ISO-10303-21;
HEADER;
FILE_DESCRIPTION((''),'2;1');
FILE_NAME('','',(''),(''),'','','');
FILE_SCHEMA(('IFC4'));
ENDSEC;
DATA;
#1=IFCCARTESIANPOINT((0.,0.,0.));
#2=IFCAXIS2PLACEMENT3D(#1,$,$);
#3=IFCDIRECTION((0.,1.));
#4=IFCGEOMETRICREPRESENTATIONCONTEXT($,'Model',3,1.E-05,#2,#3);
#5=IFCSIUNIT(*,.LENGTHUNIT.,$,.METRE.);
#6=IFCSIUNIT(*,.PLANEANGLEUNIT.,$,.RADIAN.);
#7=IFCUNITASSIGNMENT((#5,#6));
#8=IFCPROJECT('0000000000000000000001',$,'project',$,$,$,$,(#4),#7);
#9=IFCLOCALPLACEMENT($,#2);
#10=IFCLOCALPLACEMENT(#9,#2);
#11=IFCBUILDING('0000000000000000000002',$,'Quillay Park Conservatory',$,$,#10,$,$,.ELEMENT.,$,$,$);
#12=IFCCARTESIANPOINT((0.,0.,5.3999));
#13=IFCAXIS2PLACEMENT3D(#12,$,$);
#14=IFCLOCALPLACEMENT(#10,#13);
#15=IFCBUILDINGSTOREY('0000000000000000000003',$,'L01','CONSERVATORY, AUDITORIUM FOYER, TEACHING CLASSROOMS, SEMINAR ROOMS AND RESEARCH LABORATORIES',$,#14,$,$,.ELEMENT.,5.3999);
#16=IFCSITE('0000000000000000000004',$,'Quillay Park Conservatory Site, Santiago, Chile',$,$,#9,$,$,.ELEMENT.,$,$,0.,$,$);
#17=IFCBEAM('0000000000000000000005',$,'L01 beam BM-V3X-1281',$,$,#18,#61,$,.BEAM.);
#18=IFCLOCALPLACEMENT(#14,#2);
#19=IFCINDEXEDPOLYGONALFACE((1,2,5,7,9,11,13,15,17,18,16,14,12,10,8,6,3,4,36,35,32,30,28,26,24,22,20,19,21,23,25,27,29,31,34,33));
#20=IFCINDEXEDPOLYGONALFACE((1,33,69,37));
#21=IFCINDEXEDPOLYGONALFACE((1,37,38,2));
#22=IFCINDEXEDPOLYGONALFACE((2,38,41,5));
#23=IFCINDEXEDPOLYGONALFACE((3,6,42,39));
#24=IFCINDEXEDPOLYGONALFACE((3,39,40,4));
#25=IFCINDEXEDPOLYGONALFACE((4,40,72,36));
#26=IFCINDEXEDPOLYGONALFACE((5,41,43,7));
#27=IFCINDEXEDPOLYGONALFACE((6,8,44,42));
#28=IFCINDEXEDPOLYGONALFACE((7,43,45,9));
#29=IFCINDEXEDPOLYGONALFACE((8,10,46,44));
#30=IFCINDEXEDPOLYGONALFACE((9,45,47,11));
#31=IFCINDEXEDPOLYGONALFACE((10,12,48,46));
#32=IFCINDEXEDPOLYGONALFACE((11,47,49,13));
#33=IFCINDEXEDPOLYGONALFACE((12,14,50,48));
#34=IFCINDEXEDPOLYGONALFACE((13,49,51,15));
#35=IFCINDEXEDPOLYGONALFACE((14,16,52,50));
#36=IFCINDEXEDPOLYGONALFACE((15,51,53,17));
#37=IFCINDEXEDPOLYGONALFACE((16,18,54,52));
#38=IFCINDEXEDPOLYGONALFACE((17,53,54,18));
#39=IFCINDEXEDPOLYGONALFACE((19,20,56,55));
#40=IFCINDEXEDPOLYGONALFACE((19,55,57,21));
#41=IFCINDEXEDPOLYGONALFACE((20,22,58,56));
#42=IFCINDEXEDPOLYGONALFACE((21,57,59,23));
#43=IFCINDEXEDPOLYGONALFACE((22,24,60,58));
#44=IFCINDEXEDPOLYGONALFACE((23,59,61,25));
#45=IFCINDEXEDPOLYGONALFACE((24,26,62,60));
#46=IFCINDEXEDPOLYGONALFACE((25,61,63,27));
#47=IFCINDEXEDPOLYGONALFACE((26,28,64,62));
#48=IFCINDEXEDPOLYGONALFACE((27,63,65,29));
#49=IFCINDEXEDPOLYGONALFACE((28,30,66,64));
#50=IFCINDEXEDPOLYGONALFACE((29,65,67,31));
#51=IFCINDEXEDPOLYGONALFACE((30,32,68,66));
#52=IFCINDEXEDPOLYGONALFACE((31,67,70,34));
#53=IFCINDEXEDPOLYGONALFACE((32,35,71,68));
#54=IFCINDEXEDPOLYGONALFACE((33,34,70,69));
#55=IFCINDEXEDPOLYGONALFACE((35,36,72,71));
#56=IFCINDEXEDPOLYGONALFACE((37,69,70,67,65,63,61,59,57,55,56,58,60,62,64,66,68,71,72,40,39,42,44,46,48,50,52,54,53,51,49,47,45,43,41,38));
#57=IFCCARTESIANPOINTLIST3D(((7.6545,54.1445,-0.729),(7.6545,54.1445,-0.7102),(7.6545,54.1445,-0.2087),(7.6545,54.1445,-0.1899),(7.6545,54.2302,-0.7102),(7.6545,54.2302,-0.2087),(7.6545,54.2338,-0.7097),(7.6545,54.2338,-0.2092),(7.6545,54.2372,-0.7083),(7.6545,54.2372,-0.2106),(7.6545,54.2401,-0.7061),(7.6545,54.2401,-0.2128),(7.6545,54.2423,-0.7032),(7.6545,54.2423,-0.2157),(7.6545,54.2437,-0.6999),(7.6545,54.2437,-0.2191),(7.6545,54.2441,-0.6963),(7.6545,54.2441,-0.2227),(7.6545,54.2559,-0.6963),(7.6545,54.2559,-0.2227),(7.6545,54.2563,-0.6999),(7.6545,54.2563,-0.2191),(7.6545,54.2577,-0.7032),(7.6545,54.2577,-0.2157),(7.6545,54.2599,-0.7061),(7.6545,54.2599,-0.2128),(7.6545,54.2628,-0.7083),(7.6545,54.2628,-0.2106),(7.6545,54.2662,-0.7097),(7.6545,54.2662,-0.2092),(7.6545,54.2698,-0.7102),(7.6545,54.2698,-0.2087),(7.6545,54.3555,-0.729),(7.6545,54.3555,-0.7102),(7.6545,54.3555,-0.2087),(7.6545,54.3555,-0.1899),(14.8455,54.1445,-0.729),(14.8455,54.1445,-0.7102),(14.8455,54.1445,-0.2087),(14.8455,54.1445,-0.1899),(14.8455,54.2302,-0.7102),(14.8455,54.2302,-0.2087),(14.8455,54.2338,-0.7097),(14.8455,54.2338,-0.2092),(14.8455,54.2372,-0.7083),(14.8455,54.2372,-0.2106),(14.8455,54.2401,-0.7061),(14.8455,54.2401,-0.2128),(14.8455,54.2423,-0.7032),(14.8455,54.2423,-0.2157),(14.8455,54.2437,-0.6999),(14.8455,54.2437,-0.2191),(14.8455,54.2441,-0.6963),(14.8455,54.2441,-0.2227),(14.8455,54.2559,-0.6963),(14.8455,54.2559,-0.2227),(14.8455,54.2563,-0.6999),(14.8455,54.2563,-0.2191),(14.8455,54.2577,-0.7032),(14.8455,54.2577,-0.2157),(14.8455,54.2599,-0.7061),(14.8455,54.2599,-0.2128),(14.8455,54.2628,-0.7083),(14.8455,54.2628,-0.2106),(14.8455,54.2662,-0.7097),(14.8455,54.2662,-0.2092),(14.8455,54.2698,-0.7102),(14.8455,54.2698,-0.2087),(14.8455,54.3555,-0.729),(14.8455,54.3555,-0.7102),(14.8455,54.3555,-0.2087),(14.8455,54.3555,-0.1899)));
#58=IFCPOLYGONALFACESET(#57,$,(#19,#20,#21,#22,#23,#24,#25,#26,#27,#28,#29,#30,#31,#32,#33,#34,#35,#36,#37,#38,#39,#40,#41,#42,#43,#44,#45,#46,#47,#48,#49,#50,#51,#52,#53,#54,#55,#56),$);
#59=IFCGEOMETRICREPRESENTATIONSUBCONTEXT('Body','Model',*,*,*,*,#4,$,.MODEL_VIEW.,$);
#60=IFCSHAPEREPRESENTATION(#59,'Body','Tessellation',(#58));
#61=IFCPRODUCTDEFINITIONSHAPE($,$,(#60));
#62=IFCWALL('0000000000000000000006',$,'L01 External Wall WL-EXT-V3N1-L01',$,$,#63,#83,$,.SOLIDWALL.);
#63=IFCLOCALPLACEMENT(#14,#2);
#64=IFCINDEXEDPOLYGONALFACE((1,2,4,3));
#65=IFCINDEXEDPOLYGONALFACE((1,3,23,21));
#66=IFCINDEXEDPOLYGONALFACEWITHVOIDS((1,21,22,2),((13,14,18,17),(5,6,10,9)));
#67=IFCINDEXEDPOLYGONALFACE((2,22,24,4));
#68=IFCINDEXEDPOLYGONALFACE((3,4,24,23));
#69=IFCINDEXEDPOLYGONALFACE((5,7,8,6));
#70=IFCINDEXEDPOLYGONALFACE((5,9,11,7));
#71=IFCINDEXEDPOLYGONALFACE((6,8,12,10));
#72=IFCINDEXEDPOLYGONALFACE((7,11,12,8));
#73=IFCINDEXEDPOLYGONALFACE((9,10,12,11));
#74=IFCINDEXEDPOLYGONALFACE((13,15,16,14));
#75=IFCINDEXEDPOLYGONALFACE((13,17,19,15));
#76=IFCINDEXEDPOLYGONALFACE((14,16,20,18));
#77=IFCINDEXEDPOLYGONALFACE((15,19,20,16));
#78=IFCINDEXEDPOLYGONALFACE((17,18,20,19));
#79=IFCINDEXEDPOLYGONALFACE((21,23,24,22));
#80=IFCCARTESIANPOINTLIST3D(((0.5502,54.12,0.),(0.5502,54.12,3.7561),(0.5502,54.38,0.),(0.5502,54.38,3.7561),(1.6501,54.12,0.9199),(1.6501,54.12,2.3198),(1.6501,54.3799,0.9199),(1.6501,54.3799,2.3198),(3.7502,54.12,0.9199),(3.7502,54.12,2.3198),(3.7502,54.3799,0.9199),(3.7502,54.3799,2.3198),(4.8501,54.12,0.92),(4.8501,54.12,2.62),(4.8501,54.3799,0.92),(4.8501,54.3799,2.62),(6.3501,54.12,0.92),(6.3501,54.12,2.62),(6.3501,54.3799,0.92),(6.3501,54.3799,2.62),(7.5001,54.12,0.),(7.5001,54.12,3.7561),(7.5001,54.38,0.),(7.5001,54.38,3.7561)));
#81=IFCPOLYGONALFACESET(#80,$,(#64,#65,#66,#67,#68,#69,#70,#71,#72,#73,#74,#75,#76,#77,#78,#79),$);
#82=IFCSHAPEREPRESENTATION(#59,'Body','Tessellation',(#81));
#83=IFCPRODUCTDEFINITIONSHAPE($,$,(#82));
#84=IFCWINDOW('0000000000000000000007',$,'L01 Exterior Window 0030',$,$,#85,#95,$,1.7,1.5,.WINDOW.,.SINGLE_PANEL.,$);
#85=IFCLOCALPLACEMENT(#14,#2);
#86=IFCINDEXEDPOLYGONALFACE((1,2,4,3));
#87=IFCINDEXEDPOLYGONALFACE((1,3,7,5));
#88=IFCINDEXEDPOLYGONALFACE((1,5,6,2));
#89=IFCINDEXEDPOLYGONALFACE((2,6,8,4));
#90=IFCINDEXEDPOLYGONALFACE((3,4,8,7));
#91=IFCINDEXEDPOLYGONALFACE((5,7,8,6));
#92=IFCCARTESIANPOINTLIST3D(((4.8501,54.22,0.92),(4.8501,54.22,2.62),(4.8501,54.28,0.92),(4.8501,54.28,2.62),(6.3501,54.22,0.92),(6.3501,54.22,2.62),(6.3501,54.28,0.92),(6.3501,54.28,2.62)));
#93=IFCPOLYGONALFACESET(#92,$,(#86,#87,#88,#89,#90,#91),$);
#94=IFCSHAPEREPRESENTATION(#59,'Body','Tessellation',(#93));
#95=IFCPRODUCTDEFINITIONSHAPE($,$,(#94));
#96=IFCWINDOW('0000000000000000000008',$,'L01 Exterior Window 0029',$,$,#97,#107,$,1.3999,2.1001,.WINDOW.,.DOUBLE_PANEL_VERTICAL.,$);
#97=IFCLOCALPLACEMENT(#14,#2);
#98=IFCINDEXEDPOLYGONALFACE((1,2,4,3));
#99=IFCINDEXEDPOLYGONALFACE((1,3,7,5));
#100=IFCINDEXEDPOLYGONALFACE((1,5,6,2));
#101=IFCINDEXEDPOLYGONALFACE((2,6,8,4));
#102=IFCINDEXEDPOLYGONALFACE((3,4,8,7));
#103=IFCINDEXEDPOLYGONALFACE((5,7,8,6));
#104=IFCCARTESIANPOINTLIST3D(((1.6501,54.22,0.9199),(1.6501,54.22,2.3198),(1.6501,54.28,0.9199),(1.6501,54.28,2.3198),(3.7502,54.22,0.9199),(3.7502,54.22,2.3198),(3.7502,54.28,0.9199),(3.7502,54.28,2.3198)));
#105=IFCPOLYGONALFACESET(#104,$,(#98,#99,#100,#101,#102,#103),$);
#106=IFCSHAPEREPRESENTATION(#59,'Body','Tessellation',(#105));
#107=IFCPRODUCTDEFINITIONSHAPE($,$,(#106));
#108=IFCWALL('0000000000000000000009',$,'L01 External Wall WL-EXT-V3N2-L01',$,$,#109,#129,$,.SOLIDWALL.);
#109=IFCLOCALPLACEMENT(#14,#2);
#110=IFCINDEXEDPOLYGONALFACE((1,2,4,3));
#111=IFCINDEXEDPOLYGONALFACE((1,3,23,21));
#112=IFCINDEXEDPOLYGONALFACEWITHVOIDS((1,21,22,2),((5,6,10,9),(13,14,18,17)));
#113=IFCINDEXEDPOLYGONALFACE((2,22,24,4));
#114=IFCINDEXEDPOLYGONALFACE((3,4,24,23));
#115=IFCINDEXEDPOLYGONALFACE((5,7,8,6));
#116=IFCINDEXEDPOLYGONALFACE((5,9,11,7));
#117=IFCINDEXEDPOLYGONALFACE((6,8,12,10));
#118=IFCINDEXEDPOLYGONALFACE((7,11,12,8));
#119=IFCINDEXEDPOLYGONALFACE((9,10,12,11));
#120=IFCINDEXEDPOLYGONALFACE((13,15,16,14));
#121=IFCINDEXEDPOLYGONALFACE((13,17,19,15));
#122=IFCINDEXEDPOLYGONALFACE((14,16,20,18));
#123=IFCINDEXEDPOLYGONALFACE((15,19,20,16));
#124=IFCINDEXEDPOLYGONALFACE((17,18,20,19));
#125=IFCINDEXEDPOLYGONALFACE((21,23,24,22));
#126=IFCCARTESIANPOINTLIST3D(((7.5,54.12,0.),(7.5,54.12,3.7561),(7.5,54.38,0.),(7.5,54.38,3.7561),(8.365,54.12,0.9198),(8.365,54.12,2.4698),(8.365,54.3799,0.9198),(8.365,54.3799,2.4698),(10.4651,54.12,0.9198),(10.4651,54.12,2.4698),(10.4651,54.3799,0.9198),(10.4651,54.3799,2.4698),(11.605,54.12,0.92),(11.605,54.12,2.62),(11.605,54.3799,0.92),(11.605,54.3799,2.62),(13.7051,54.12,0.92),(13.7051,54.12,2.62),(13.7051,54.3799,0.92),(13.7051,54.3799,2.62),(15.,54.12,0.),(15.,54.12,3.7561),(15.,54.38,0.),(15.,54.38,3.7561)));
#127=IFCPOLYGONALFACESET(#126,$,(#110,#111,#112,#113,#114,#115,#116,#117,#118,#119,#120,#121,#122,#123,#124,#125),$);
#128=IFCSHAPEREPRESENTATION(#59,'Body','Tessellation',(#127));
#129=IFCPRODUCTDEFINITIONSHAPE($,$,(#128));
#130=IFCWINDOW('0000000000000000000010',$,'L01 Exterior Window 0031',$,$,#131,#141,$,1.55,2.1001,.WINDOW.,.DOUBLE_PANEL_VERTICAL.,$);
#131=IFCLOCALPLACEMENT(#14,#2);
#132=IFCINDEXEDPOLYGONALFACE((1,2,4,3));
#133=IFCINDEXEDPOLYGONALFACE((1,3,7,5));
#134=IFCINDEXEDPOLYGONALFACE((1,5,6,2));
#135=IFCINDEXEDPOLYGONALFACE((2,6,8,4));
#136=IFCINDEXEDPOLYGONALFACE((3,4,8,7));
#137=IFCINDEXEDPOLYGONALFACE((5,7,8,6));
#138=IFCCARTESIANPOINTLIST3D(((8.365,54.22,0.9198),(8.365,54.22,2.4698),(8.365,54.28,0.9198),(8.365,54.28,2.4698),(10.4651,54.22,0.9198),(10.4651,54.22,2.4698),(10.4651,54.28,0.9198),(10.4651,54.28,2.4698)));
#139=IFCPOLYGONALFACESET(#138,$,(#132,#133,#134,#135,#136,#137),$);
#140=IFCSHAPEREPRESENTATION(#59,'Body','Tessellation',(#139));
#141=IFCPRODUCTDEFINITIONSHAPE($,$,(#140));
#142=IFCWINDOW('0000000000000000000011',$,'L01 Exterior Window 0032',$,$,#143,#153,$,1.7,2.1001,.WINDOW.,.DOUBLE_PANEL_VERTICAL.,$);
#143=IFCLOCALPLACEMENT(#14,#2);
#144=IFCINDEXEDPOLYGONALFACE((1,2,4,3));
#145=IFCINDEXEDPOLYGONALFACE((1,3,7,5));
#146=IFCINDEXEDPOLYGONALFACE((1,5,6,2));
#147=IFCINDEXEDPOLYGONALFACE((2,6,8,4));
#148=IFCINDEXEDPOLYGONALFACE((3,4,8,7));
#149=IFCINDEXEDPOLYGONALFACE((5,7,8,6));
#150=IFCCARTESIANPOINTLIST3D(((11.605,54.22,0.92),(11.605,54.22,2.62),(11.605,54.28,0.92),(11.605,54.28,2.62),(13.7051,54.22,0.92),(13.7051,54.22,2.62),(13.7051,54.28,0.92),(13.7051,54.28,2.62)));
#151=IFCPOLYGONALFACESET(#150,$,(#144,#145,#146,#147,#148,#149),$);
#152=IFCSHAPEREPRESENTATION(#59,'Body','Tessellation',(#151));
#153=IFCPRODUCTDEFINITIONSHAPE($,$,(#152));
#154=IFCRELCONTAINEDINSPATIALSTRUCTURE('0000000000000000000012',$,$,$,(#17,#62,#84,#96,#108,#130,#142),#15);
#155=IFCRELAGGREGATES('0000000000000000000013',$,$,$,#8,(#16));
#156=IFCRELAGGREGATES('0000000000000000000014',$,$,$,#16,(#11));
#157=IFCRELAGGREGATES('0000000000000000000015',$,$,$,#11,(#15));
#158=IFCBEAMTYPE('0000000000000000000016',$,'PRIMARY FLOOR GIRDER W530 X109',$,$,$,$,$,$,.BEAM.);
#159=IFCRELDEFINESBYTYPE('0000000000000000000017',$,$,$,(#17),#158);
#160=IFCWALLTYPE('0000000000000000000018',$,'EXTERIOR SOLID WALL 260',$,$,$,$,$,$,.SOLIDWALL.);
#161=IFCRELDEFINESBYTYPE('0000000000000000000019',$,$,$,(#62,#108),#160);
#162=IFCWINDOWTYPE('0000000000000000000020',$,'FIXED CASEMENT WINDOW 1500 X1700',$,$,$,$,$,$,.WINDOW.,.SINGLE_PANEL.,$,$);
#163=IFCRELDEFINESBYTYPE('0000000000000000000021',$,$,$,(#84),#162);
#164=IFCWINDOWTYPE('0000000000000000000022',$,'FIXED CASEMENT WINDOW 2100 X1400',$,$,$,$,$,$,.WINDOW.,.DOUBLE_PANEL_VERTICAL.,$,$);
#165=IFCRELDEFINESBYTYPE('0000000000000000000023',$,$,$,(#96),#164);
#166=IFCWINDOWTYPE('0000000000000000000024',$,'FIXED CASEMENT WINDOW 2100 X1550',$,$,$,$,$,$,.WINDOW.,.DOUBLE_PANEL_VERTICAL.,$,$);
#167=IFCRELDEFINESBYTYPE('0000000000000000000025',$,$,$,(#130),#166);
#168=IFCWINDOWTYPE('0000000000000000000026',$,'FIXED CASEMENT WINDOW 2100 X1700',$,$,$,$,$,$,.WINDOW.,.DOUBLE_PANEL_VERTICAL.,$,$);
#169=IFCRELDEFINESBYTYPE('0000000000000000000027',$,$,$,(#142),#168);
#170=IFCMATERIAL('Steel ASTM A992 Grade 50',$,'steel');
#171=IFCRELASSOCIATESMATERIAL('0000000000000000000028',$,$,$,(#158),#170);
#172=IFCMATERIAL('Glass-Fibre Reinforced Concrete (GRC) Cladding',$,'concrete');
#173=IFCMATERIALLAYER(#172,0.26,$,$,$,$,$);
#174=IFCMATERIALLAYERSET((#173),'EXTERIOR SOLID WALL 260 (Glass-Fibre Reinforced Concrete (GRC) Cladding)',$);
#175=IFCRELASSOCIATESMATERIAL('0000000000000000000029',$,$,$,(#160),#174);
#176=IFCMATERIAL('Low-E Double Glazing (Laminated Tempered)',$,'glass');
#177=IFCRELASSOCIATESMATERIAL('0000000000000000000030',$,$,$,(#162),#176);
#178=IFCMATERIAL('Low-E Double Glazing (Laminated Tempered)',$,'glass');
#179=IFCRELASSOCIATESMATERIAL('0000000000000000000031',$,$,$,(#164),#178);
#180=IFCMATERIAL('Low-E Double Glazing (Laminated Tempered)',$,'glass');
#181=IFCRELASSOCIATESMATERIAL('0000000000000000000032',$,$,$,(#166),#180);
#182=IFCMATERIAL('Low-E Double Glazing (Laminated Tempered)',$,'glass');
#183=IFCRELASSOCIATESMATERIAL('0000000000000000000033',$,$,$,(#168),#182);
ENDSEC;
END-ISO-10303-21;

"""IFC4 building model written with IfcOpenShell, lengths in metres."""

from ifc_helpers import new_model, si_unit, direction, frame, frame_2d, origin, origin_2d, place, context, subcontext, project, spatial, rectangle, i_section, extrude, material, layer, layer_set, material_profile, profile_set, type_object, element, fill, save


model = new_model("IFC4")

# Units and contexts
model_context = context("Model", 3, precision=1e-05, world=origin(), true_north=direction((0.0, 1.0)))
body_context = subcontext(model_context, "Body", "Model", "MODEL_VIEW")
ifc_project = project(units=[si_unit("LENGTHUNIT", "METRE"), si_unit("PLANEANGLEUNIT", "RADIAN")], contexts=[model_context])

# Site, building, storey
site_placement = place(None, origin())
site = spatial("IfcSite", under=ifc_project, at=site_placement, Name="Quillay Park Conservatory Site, Santiago, Chile", CompositionType="ELEMENT", RefElevation=0.0)
building_placement = place(site_placement, origin())
building = spatial("IfcBuilding", under=site, at=building_placement, Name="Quillay Park Conservatory", CompositionType="ELEMENT")
storey_placement = place(building_placement, frame((0.0, 0.0, 5.3999)))
storey = spatial("IfcBuildingStorey", under=building, at=storey_placement, Name="L01", Description="CONSERVATORY, AUDITORIUM FOYER, TEACHING CLASSROOMS, SEMINAR ROOMS AND RESEARCH LABORATORIES", CompositionType="ELEMENT", Elevation=5.3999)

# Beam
ifc_material_1 = material(Name="Steel ASTM A992 Grade 50", Category="steel")
ifc_material_profile_1 = material_profile(ifc_material_1, i_section(OverallWidth=0.2109, OverallDepth=0.5391, WebThickness=0.0117, FlangeThickness=0.0188, FilletRadius=0.0139, at=origin_2d()), Name="W530x109")
ifc_profile_set_1 = profile_set([ifc_material_profile_1], Name="Steel ASTM A992 Grade 50")
beam_type_1 = type_object("IfcBeamType", Name="PRIMARY FLOOR GIRDER W530 X109", PredefinedType="BEAM", material=ifc_profile_set_1)
beam_1_placement = place(storey_placement, frame((7.6545, 54.25, -0.4595), z_axis=(1.0, 0.0, 0.0), x_axis=(0.0, 1.0, 0.0)))
element("IfcBeam", 1, at=beam_1_placement, inside=storey, type_object=beam_type_1, Name="L01 beam BM-V3X-1281", PredefinedType="BEAM", context=body_context, shape_type="SweptSolid", body=[
    extrude(i_section(OverallWidth=0.2109, OverallDepth=0.5391, WebThickness=0.0117, FlangeThickness=0.0188, FilletRadius=0.0139, at=origin_2d()), origin(), (0.0, 0.0, 1.0), 7.1909),
])

# Walls, openings, windows
ifc_material_2 = material(Name="Glass-Fibre Reinforced Concrete (GRC) Cladding", Category="concrete")
ifc_layer_1 = layer(ifc_material_2, 0.26)
ifc_layer_set_1 = layer_set([ifc_layer_1], Name="EXTERIOR SOLID WALL 260 (Glass-Fibre Reinforced Concrete (GRC) Cladding)")
wall_type = type_object("IfcWallType", Name="EXTERIOR SOLID WALL 260", PredefinedType="SOLIDWALL", material=ifc_layer_set_1)
wall_1_placement = place(storey_placement, frame((0.55, 54.25, 0.0), z_axis=(0.0, 0.0, 1.0), x_axis=(1.0, 0.0, 0.0)))
wall_1 = element("IfcWall", 2, at=wall_1_placement, inside=storey, type_object=wall_type, Name="L01 External Wall WL-EXT-V3N1-L01", PredefinedType="SOLIDWALL", context=body_context, shape_type="SweptSolid", body=[
    extrude(rectangle(XDim=6.95, YDim=0.26, at=frame_2d((3.4751, 0.0))), origin(), (0.0, 0.0, 1.0), 3.7561),
])
opening_1_placement = place(wall_1_placement, frame((1.1001, 0.0, 0.9199)))
opening_1 = element("IfcOpeningElement", 3, at=opening_1_placement, cuts=wall_1, PredefinedType="OPENING", context=body_context, shape_type="SweptSolid", body=[
    extrude(rectangle(XDim=2.1001, YDim=1.3999, at=frame_2d((1.05, 0.7))), frame((0.0, 0.1299, 0.0), z_axis=(0.0, -1.0, 0.0), x_axis=(1.0, 0.0, 0.0)), (0.0, 0.0, 1.0), 0.26),
])
opening_2_placement = place(wall_1_placement, frame((4.3, 0.0, 0.9199)))
opening_2 = element("IfcOpeningElement", 4, at=opening_2_placement, cuts=wall_1, PredefinedType="OPENING", context=body_context, shape_type="SweptSolid", body=[
    extrude(rectangle(XDim=1.5, YDim=1.7, at=frame_2d((0.75, 0.8501))), frame((0.0, 0.1299, 0.0), z_axis=(0.0, -1.0, 0.0), x_axis=(1.0, 0.0, 0.0)), (0.0, 0.0, 1.0), 0.26),
])
ifc_material_3 = material(Name="Low-E Double Glazing (Laminated Tempered)", Category="glass")
window_type_1 = type_object("IfcWindowType", Name="FIXED CASEMENT WINDOW 1500 X1700", PartitioningType="SINGLE_PANEL", PredefinedType="WINDOW", material=ifc_material_3)
window_1_placement = place(opening_2_placement, origin())
window_1 = element("IfcWindow", 5, at=window_1_placement, inside=storey, type_object=window_type_1, Name="L01 Exterior Window 0030", OverallHeight=1.7, OverallWidth=1.5, PartitioningType="SINGLE_PANEL", PredefinedType="WINDOW", context=body_context, shape_type="SweptSolid", body=[
    extrude(rectangle(XDim=1.5, YDim=1.7, at=frame_2d((0.75, 0.8501))), frame((0.0, 0.03, 0.0), z_axis=(0.0, -1.0, 0.0), x_axis=(1.0, 0.0, 0.0)), (0.0, 0.0, 1.0), 0.0601),
])
fill(opening_2, window_1)
ifc_material_4 = material(Name="Low-E Double Glazing (Laminated Tempered)", Category="glass")
window_type_2 = type_object("IfcWindowType", Name="FIXED CASEMENT WINDOW 2100 X1400", PartitioningType="DOUBLE_PANEL_VERTICAL", PredefinedType="WINDOW", material=ifc_material_4)
window_2_placement = place(opening_1_placement, origin())
window_2 = element("IfcWindow", 6, at=window_2_placement, inside=storey, type_object=window_type_2, Name="L01 Exterior Window 0029", OverallHeight=1.3999, OverallWidth=2.1001, PartitioningType="DOUBLE_PANEL_VERTICAL", PredefinedType="WINDOW", context=body_context, shape_type="SweptSolid", body=[
    extrude(rectangle(XDim=2.1001, YDim=1.3999, at=frame_2d((1.05, 0.7))), frame((0.0, 0.03, 0.0), z_axis=(0.0, -1.0, 0.0), x_axis=(1.0, 0.0, 0.0)), (0.0, 0.0, 1.0), 0.0601),
])
fill(opening_1, window_2)
wall_2_placement = place(storey_placement, frame((7.5, 54.25, 0.0), z_axis=(0.0, 0.0, 1.0), x_axis=(1.0, 0.0, 0.0)))
wall_2 = element("IfcWall", 7, at=wall_2_placement, inside=storey, type_object=wall_type, Name="L01 External Wall WL-EXT-V3N2-L01", PredefinedType="SOLIDWALL", context=body_context, shape_type="SweptSolid", body=[
    extrude(rectangle(XDim=7.5, YDim=0.26, at=frame_2d((3.75, 0.0))), origin(), (0.0, 0.0, 1.0), 3.7561),
])
opening_3_placement = place(wall_2_placement, frame((0.865, 0.0, 0.9199)))
opening_3 = element("IfcOpeningElement", 8, at=opening_3_placement, cuts=wall_2, PredefinedType="OPENING", context=body_context, shape_type="SweptSolid", body=[
    extrude(rectangle(XDim=2.1001, YDim=1.55, at=frame_2d((1.05, 0.7749))), frame((0.0, 0.1299, 0.0), z_axis=(0.0, -1.0, 0.0), x_axis=(1.0, 0.0, 0.0)), (0.0, 0.0, 1.0), 0.26),
])
opening_4_placement = place(wall_2_placement, frame((4.105, 0.0, 0.9199)))
opening_4 = element("IfcOpeningElement", 9, at=opening_4_placement, cuts=wall_2, PredefinedType="OPENING", context=body_context, shape_type="SweptSolid", body=[
    extrude(rectangle(XDim=2.1001, YDim=1.7, at=frame_2d((1.05, 0.8501))), frame((0.0, 0.1299, 0.0), z_axis=(0.0, -1.0, 0.0), x_axis=(1.0, 0.0, 0.0)), (0.0, 0.0, 1.0), 0.26),
])
ifc_material_5 = material(Name="Low-E Double Glazing (Laminated Tempered)", Category="glass")
window_type_3 = type_object("IfcWindowType", Name="FIXED CASEMENT WINDOW 2100 X1550", PartitioningType="DOUBLE_PANEL_VERTICAL", PredefinedType="WINDOW", material=ifc_material_5)
window_3_placement = place(opening_3_placement, origin())
window_3 = element("IfcWindow", 10, at=window_3_placement, inside=storey, type_object=window_type_3, Name="L01 Exterior Window 0031", OverallHeight=1.55, OverallWidth=2.1001, PartitioningType="DOUBLE_PANEL_VERTICAL", PredefinedType="WINDOW", context=body_context, shape_type="SweptSolid", body=[
    extrude(rectangle(XDim=2.1001, YDim=1.55, at=frame_2d((1.05, 0.7749))), frame((0.0, 0.03, 0.0), z_axis=(0.0, -1.0, 0.0), x_axis=(1.0, 0.0, 0.0)), (0.0, 0.0, 1.0), 0.0601),
])
fill(opening_3, window_3)
ifc_material_6 = material(Name="Low-E Double Glazing (Laminated Tempered)", Category="glass")
window_type_4 = type_object("IfcWindowType", Name="FIXED CASEMENT WINDOW 2100 X1700", PartitioningType="DOUBLE_PANEL_VERTICAL", PredefinedType="WINDOW", material=ifc_material_6)
window_4_placement = place(opening_4_placement, origin())
window_4 = element("IfcWindow", 11, at=window_4_placement, inside=storey, type_object=window_type_4, Name="L01 Exterior Window 0032", OverallHeight=1.7, OverallWidth=2.1001, PartitioningType="DOUBLE_PANEL_VERTICAL", PredefinedType="WINDOW", context=body_context, shape_type="SweptSolid", body=[
    extrude(rectangle(XDim=2.1001, YDim=1.7, at=frame_2d((1.05, 0.8501))), frame((0.0, 0.03, 0.0), z_axis=(0.0, -1.0, 0.0), x_axis=(1.0, 0.0, 0.0)), (0.0, 0.0, 1.0), 0.0601),
])
fill(opening_4, window_4)

save(model, "model.ifc")
